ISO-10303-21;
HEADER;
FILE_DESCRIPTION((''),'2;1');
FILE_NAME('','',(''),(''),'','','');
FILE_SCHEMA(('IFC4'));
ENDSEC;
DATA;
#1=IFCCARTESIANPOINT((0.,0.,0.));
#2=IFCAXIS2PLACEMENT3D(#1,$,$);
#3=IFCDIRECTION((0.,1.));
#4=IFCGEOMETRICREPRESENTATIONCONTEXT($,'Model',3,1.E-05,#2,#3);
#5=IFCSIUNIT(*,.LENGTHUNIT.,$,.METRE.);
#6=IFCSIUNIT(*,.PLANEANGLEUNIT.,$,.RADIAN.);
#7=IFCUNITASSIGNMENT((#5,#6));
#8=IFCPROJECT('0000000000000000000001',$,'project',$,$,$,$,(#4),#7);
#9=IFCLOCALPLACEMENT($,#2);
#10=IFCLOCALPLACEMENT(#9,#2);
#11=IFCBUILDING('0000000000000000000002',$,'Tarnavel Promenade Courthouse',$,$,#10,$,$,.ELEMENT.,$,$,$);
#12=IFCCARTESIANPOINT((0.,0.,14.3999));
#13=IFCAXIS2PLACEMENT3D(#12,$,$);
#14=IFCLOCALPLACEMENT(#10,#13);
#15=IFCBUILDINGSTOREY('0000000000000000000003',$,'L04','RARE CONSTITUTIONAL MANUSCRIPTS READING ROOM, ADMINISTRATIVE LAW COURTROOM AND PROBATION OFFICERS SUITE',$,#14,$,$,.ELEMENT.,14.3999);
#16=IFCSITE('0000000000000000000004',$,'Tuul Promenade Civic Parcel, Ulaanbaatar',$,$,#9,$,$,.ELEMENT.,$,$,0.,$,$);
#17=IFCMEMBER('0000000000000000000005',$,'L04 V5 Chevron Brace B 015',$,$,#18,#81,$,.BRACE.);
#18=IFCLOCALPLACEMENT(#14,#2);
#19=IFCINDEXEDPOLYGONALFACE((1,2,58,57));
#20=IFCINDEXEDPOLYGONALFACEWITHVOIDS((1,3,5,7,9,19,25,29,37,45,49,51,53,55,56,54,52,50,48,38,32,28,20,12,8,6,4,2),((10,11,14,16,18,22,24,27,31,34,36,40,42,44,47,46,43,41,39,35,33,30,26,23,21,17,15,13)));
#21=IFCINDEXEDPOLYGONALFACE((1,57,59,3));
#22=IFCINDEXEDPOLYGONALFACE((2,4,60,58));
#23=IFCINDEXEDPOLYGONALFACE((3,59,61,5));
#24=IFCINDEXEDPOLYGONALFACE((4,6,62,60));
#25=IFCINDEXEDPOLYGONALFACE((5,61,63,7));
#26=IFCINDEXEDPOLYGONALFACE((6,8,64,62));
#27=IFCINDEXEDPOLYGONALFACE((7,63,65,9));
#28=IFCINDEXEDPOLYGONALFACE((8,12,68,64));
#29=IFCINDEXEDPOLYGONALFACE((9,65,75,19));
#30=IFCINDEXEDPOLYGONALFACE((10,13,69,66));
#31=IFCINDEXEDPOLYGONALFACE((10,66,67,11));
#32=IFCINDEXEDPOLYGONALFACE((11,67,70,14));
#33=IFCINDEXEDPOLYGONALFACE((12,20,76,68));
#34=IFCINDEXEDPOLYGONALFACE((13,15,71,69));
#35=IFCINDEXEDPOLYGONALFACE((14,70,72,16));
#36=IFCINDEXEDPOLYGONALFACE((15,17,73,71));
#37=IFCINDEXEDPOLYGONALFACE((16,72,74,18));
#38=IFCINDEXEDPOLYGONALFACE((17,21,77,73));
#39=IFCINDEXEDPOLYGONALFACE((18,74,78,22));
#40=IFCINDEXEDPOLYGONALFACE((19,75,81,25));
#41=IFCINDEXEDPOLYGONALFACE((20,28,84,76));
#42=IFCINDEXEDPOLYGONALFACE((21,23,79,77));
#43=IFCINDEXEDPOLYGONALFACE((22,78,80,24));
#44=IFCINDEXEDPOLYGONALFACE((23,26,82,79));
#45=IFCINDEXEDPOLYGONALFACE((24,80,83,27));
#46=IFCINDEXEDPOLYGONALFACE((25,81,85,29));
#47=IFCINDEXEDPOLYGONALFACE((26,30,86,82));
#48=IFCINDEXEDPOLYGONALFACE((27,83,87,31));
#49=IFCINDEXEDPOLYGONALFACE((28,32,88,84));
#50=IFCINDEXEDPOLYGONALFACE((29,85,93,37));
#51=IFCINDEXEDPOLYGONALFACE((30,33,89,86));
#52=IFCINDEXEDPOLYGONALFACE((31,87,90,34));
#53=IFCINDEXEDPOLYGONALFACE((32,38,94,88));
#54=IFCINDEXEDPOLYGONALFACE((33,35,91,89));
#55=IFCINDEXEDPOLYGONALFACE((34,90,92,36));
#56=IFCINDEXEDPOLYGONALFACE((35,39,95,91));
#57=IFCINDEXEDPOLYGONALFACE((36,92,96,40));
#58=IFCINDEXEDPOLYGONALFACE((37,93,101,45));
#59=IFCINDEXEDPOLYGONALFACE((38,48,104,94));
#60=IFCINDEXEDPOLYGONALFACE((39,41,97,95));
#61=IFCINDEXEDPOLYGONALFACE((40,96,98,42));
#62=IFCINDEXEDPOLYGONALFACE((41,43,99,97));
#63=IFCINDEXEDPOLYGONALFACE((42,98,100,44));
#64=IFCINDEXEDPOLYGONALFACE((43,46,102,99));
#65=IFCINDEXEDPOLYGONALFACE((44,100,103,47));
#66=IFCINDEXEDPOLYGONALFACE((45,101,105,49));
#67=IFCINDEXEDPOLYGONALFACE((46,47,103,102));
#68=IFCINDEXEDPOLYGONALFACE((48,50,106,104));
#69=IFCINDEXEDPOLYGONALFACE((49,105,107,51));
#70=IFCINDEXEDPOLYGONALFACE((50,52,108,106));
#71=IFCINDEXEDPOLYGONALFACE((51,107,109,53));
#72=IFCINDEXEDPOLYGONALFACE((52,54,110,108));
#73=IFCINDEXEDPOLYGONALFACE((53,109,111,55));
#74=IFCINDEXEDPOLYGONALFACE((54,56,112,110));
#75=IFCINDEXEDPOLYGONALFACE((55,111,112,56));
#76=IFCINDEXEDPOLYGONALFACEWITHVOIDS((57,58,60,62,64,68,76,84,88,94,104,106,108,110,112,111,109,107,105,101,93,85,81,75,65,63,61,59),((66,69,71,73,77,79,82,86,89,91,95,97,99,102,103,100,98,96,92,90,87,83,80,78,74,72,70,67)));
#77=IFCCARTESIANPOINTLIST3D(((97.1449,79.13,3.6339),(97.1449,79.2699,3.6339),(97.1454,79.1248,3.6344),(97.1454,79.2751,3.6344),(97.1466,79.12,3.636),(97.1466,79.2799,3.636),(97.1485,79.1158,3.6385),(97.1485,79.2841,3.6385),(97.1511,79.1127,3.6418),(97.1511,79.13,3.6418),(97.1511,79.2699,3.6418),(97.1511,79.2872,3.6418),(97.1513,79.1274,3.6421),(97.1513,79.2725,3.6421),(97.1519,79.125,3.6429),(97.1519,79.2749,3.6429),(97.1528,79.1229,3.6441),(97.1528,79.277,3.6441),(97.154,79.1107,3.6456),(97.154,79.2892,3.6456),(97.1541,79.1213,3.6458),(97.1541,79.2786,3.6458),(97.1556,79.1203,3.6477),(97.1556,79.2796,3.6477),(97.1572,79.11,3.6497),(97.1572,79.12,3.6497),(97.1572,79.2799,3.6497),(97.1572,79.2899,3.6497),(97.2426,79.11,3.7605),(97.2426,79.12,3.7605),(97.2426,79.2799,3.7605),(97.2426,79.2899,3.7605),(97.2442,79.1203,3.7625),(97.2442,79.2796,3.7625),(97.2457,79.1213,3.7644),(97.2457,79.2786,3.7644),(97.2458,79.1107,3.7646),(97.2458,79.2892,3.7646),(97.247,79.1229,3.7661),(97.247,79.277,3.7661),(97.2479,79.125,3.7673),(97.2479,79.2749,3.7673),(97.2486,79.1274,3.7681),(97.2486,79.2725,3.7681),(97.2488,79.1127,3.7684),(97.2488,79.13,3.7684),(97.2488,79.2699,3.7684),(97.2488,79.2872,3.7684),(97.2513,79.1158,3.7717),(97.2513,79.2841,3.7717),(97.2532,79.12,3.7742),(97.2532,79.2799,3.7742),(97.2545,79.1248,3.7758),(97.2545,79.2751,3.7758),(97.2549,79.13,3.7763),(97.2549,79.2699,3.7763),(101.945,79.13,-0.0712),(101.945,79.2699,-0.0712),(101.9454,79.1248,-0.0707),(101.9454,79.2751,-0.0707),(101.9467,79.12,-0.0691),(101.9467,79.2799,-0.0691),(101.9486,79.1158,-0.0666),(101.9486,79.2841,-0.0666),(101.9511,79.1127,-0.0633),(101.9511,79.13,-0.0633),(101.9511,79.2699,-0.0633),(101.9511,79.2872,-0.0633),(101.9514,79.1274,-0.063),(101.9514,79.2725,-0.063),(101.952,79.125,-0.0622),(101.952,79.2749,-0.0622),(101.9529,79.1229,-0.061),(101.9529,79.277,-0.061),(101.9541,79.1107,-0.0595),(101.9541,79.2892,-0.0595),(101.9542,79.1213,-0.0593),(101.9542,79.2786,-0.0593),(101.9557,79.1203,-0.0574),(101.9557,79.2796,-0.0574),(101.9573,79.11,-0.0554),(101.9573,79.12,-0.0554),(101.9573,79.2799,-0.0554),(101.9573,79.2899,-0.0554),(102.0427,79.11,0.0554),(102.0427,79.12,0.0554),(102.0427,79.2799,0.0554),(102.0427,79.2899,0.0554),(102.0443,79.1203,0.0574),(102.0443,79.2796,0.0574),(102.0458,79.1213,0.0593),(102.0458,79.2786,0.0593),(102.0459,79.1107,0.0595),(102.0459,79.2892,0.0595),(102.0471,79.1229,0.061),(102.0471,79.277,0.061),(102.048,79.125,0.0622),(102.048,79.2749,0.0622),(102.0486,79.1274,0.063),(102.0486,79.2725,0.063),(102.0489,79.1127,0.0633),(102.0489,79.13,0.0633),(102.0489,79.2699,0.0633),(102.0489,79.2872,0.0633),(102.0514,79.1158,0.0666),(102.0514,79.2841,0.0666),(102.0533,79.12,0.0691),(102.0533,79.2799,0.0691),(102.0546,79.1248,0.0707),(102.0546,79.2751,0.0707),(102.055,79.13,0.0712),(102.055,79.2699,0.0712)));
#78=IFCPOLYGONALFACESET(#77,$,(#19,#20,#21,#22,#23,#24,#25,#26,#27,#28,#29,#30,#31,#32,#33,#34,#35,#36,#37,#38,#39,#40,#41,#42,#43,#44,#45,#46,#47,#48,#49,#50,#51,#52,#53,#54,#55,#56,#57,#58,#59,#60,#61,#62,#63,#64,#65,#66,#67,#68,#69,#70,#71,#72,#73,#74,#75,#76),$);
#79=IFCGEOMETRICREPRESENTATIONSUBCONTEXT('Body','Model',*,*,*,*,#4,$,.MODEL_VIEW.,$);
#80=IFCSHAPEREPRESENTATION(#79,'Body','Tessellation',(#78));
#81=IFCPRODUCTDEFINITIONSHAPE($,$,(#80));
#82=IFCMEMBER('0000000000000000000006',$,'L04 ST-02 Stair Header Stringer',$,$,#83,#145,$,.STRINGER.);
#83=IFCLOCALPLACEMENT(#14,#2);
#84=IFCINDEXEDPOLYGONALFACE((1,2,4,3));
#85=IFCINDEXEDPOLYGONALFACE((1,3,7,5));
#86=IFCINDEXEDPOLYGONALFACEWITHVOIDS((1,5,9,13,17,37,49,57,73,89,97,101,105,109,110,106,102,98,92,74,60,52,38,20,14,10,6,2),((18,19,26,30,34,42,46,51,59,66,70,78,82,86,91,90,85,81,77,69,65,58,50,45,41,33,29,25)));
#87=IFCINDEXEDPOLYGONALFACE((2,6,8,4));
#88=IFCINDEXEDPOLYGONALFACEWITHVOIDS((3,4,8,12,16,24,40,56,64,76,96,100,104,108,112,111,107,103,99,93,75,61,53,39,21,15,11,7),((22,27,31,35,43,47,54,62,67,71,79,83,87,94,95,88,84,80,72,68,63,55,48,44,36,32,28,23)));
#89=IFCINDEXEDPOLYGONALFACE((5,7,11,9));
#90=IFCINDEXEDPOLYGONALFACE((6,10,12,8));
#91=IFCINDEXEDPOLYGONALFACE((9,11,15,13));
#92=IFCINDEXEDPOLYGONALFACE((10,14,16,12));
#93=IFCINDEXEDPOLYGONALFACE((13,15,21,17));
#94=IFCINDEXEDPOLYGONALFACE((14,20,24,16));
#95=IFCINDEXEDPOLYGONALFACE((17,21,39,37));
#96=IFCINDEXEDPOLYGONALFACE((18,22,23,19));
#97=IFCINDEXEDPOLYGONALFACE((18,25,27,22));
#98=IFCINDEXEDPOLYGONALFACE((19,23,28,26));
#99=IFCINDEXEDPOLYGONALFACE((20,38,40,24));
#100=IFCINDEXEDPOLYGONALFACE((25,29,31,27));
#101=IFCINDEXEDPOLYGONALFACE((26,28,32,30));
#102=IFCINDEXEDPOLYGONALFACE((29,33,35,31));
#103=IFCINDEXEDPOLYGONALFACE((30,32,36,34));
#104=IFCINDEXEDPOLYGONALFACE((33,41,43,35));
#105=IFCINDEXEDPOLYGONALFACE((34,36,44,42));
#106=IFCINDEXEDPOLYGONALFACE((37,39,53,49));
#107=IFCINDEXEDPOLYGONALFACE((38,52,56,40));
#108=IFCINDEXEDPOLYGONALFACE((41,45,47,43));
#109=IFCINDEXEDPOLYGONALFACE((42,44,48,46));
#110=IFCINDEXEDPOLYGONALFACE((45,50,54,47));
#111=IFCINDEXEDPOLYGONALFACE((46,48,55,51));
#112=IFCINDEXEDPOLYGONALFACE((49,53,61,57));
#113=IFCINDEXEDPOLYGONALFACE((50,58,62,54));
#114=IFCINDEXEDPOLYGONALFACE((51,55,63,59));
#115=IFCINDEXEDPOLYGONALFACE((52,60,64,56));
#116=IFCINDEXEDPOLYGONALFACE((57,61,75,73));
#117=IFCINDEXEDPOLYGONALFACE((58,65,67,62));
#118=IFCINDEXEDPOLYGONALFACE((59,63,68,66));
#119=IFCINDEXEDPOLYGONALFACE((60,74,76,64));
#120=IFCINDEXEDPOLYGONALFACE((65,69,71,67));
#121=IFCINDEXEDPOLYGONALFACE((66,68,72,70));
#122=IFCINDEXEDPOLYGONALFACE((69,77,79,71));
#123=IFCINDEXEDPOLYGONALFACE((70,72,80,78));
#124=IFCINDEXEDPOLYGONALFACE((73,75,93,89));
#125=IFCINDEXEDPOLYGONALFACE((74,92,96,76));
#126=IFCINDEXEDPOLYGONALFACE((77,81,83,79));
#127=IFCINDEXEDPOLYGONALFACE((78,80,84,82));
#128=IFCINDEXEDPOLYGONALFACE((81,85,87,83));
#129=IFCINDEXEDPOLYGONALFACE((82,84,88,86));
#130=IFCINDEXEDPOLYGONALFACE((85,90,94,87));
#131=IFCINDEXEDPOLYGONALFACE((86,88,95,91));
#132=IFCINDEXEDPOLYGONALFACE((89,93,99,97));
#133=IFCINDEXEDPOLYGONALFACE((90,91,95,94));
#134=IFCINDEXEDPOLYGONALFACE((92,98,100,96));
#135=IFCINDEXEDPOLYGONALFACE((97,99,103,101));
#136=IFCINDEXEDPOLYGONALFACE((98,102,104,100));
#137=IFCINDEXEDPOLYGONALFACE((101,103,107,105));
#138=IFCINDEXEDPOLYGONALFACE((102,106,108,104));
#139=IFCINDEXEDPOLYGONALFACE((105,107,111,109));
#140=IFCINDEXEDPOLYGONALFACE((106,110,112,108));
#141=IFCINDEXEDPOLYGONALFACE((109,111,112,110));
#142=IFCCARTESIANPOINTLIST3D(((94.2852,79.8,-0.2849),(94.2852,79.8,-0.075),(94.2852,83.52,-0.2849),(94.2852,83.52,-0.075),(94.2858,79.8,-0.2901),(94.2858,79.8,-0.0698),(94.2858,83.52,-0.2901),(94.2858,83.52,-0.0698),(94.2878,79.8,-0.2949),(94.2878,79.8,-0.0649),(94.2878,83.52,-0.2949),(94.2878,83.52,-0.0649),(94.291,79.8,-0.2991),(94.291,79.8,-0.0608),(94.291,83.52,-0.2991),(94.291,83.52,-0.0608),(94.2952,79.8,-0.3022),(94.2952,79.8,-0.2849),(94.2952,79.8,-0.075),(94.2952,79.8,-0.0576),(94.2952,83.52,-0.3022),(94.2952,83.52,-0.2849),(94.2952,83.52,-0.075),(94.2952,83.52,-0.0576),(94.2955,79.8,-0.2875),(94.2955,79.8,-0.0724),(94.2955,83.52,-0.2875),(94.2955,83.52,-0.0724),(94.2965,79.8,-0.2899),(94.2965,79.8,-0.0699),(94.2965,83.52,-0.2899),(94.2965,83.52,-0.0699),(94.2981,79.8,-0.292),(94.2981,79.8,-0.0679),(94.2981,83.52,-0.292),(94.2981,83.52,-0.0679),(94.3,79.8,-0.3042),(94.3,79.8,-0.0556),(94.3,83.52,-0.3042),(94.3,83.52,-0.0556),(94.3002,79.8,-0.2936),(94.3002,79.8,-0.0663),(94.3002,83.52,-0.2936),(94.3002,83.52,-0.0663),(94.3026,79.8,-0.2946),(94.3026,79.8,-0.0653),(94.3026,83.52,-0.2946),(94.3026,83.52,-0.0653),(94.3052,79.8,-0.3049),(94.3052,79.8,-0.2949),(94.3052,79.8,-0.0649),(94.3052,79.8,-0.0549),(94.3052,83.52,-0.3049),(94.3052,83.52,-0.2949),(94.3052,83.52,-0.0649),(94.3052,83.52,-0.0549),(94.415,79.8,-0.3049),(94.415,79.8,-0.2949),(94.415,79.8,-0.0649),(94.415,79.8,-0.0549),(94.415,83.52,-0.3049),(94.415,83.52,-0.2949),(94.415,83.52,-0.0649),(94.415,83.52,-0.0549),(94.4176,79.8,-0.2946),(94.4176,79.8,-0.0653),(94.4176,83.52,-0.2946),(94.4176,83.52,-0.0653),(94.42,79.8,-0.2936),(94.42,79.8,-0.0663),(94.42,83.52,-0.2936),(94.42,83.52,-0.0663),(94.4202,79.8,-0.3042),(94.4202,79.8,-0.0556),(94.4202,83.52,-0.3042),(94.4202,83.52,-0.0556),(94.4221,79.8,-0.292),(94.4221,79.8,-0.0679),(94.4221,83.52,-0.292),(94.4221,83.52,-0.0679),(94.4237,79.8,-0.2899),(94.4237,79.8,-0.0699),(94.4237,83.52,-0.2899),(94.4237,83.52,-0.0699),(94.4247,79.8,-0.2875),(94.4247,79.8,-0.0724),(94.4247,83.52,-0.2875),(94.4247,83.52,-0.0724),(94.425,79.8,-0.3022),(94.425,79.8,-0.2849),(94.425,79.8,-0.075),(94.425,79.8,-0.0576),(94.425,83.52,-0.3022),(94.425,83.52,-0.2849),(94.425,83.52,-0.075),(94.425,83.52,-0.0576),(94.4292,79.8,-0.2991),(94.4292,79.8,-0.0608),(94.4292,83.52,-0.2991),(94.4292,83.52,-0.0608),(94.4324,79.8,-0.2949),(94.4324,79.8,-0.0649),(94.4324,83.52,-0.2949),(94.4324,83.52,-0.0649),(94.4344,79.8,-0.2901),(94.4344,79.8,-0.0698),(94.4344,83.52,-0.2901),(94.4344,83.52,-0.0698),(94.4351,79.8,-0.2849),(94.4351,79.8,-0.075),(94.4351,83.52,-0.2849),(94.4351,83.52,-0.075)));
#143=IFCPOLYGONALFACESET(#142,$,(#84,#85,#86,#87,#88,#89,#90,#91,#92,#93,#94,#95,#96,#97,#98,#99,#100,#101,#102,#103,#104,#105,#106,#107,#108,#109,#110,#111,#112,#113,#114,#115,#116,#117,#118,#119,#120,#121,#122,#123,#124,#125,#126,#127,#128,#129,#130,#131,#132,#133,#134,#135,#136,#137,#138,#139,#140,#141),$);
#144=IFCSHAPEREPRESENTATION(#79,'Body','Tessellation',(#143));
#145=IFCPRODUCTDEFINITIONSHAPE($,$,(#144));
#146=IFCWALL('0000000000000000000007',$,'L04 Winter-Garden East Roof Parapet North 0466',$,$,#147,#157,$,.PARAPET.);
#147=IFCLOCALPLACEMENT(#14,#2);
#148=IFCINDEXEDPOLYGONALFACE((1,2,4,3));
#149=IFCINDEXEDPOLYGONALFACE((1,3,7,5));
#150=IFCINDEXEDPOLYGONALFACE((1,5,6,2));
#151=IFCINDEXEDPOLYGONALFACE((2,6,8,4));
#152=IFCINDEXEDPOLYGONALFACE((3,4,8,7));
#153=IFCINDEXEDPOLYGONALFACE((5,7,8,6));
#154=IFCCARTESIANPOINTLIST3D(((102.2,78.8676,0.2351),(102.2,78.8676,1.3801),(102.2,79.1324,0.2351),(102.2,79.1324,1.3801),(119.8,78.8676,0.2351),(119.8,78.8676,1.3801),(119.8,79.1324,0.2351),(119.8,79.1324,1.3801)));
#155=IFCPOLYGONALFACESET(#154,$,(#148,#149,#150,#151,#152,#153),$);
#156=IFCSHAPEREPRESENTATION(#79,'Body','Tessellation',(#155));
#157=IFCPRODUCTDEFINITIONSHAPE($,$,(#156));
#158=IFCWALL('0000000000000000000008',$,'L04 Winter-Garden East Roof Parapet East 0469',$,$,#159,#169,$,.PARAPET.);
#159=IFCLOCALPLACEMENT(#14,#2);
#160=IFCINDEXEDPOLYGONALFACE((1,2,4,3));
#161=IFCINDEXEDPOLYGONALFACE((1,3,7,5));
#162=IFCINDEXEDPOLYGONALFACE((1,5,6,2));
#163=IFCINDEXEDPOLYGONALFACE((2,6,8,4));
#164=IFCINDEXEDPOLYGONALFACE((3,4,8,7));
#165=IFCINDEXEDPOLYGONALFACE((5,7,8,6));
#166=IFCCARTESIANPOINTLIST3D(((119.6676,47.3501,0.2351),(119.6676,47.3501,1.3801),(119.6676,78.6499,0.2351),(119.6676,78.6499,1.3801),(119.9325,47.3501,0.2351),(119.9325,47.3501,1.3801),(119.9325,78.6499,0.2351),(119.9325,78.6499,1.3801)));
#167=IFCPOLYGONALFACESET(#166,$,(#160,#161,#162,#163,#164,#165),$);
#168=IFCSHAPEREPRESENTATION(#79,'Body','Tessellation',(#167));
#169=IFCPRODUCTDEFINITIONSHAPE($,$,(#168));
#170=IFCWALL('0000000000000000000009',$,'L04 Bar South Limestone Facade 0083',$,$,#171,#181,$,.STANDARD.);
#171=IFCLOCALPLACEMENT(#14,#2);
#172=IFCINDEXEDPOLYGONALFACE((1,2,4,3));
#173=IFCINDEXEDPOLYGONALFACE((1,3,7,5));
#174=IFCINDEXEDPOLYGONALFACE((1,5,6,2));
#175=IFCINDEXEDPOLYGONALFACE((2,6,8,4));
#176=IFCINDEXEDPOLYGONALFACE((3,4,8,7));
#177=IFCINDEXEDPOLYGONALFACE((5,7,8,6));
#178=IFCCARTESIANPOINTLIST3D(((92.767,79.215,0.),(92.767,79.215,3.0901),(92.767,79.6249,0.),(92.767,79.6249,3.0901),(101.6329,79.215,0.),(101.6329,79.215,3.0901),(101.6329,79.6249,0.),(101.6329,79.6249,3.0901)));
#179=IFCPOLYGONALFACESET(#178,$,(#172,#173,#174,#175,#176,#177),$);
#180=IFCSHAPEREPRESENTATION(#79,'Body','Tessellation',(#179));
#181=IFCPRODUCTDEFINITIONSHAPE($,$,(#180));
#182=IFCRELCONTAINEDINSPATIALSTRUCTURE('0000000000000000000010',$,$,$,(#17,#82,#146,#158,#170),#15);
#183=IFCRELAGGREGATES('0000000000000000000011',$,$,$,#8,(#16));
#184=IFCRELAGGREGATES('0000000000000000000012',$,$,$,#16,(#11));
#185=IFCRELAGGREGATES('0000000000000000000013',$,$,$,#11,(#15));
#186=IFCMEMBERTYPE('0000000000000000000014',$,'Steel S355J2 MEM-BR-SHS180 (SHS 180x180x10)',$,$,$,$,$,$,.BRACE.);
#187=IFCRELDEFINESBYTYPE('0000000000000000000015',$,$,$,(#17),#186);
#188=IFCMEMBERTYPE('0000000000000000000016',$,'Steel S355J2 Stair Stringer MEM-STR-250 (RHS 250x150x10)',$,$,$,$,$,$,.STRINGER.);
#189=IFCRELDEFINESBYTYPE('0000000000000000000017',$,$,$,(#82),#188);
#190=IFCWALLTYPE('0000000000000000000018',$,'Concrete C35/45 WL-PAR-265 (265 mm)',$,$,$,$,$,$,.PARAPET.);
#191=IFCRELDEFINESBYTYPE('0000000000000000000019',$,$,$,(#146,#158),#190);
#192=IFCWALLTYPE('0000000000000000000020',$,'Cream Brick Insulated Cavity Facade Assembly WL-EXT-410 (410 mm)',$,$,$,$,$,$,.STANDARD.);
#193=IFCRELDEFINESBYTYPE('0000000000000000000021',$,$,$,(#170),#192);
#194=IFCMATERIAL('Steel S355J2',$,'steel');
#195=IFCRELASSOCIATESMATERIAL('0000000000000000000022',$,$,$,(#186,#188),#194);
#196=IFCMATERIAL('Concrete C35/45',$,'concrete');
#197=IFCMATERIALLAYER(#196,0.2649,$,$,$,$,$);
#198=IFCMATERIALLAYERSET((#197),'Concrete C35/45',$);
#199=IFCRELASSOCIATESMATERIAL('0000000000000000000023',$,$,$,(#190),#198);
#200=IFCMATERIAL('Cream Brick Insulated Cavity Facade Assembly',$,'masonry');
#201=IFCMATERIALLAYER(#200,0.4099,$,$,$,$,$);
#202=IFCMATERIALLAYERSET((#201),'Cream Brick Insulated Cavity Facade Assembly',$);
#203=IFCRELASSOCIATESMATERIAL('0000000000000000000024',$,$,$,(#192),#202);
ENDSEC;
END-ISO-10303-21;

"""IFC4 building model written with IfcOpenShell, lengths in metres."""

from ifc_helpers import new_model, si_unit, direction, frame, frame_2d, origin, origin_2d, place, context, subcontext, project, spatial, rectangle, hollow_rectangle, extrude, material, layer, layer_set, material_profile, profile_set, type_object, element, save


model = new_model("IFC4")

# Units and contexts
model_context = context("Model", 3, precision=1e-05, world=origin(), true_north=direction((0.0, 1.0)))
body_context = subcontext(model_context, "Body", "Model", "MODEL_VIEW")
ifc_project = project(units=[si_unit("LENGTHUNIT", "METRE"), si_unit("PLANEANGLEUNIT", "RADIAN")], contexts=[model_context])

# Site, building, storey
site_placement = place(None, origin())
site = spatial("IfcSite", under=ifc_project, at=site_placement, Name="Tuul Promenade Civic Parcel, Ulaanbaatar", CompositionType="ELEMENT", RefElevation=0.0)
building_placement = place(site_placement, origin())
building = spatial("IfcBuilding", under=site, at=building_placement, Name="Tarnavel Promenade Courthouse", CompositionType="ELEMENT")
storey_placement = place(building_placement, frame((0.0, 0.0, 14.3999)))
storey = spatial("IfcBuildingStorey", under=building, at=storey_placement, Name="L04", Description="RARE CONSTITUTIONAL MANUSCRIPTS READING ROOM, ADMINISTRATIVE LAW COURTROOM AND PROBATION OFFICERS SUITE", CompositionType="ELEMENT", Elevation=14.3999)

# Shared definitions
ifc_material_1 = material(Name="Steel S355J2", Category="steel")

# Members
ifc_material_profile_1 = material_profile(ifc_material_1, hollow_rectangle(XDim=0.1799, YDim=0.1799, WallThickness=0.01, InnerFilletRadius=0.01, OuterFilletRadius=0.02, at=origin_2d()), Name="SHS 180x180x10")
ifc_profile_set_1 = profile_set([ifc_material_profile_1], Name="Steel S355J2")
member_type_1 = type_object("IfcMemberType", Name="Steel S355J2 MEM-BR-SHS180 (SHS 180x180x10)", PredefinedType="BRACE", material=ifc_profile_set_1)
member_1_placement = place(storey_placement, frame((102.0, 79.2, 0.0), z_axis=(-0.791608, 0.0, 0.611029), x_axis=(0.0, -1.0, 0.0)))
element("IfcMember", 1, at=member_1_placement, inside=storey, type_object=member_type_1, Name="L04 V5 Chevron Brace B 015", PredefinedType="BRACE", context=body_context, shape_type="SweptSolid", body=[
    extrude(hollow_rectangle(XDim=0.1799, YDim=0.1799, WallThickness=0.01, InnerFilletRadius=0.01, OuterFilletRadius=0.02, at=origin_2d()), origin(), (0.0, 0.0, 1.0), 6.0637),
])
ifc_material_profile_2 = material_profile(ifc_material_1, hollow_rectangle(XDim=0.1499, YDim=0.25, WallThickness=0.01, InnerFilletRadius=0.01, OuterFilletRadius=0.02, at=origin_2d()), Name="RHS 250x150x10")
ifc_profile_set_2 = profile_set([ifc_material_profile_2], Name="Steel S355J2")
member_type_2 = type_object("IfcMemberType", Name="Steel S355J2 Stair Stringer MEM-STR-250 (RHS 250x150x10)", PredefinedType="STRINGER", material=ifc_profile_set_2)
member_2_placement = place(storey_placement, frame((94.3601, 79.8, -0.1799), z_axis=(0.0, 1.0, 0.0), x_axis=(-1.0, 0.0, 0.0)))
element("IfcMember", 2, at=member_2_placement, inside=storey, type_object=member_type_2, Name="L04 ST-02 Stair Header Stringer", PredefinedType="STRINGER", context=body_context, shape_type="SweptSolid", body=[
    extrude(hollow_rectangle(XDim=0.1499, YDim=0.25, WallThickness=0.01, InnerFilletRadius=0.01, OuterFilletRadius=0.02, at=origin_2d()), origin(), (0.0, 0.0, 1.0), 3.72),
])

# Walls
ifc_material_2 = material(Name="Concrete C35/45", Category="concrete")
ifc_layer_1 = layer(ifc_material_2, 0.2649)
ifc_layer_set_1 = layer_set([ifc_layer_1], Name="Concrete C35/45")
wall_type_1 = type_object("IfcWallType", Name="Concrete C35/45 WL-PAR-265 (265 mm)", PredefinedType="PARAPET", material=ifc_layer_set_1)
wall_1_placement = place(storey_placement, frame((102.2, 79.0, 0.2351), z_axis=(0.0, 0.0, 1.0), x_axis=(1.0, 0.0, 0.0)))
element("IfcWall", 3, at=wall_1_placement, inside=storey, type_object=wall_type_1, Name="L04 Winter-Garden East Roof Parapet North 0466", PredefinedType="PARAPET", context=body_context, shape_type="SweptSolid", body=[
    extrude(rectangle(XDim=17.6001, YDim=0.2649, at=frame_2d((8.8, 0.0))), origin(), (0.0, 0.0, 1.0), 1.145),
])
wall_2_placement = place(storey_placement, frame((119.8, 78.6499, 0.2351), z_axis=(0.0, 0.0, 1.0), x_axis=(0.0, -1.0, 0.0)))
element("IfcWall", 4, at=wall_2_placement, inside=storey, type_object=wall_type_1, Name="L04 Winter-Garden East Roof Parapet East 0469", PredefinedType="PARAPET", context=body_context, shape_type="SweptSolid", body=[
    extrude(rectangle(XDim=31.2998, YDim=0.2649, at=frame_2d((15.6499, 0.0))), origin(), (0.0, 0.0, 1.0), 1.145),
])
ifc_material_3 = material(Name="Cream Brick Insulated Cavity Facade Assembly", Category="masonry")
ifc_layer_2 = layer(ifc_material_3, 0.4099)
ifc_layer_set_2 = layer_set([ifc_layer_2], Name="Cream Brick Insulated Cavity Facade Assembly")
wall_type_2 = type_object("IfcWallType", Name="Cream Brick Insulated Cavity Facade Assembly WL-EXT-410 (410 mm)", PredefinedType="STANDARD", material=ifc_layer_set_2)
wall_3_placement = place(storey_placement, frame((101.6331, 79.4199, 0.0), z_axis=(0.0, 0.0, 1.0), x_axis=(-1.0, 0.0, 0.0)))
element("IfcWall", 5, at=wall_3_placement, inside=storey, type_object=wall_type_2, Name="L04 Bar South Limestone Facade 0083", PredefinedType="STANDARD", context=body_context, shape_type="SweptSolid", body=[
    extrude(rectangle(XDim=8.866, YDim=0.4099, at=frame_2d((4.4331, 0.0))), origin(), (0.0, 0.0, 1.0), 3.0901),
])

save(model, "model.ifc")
